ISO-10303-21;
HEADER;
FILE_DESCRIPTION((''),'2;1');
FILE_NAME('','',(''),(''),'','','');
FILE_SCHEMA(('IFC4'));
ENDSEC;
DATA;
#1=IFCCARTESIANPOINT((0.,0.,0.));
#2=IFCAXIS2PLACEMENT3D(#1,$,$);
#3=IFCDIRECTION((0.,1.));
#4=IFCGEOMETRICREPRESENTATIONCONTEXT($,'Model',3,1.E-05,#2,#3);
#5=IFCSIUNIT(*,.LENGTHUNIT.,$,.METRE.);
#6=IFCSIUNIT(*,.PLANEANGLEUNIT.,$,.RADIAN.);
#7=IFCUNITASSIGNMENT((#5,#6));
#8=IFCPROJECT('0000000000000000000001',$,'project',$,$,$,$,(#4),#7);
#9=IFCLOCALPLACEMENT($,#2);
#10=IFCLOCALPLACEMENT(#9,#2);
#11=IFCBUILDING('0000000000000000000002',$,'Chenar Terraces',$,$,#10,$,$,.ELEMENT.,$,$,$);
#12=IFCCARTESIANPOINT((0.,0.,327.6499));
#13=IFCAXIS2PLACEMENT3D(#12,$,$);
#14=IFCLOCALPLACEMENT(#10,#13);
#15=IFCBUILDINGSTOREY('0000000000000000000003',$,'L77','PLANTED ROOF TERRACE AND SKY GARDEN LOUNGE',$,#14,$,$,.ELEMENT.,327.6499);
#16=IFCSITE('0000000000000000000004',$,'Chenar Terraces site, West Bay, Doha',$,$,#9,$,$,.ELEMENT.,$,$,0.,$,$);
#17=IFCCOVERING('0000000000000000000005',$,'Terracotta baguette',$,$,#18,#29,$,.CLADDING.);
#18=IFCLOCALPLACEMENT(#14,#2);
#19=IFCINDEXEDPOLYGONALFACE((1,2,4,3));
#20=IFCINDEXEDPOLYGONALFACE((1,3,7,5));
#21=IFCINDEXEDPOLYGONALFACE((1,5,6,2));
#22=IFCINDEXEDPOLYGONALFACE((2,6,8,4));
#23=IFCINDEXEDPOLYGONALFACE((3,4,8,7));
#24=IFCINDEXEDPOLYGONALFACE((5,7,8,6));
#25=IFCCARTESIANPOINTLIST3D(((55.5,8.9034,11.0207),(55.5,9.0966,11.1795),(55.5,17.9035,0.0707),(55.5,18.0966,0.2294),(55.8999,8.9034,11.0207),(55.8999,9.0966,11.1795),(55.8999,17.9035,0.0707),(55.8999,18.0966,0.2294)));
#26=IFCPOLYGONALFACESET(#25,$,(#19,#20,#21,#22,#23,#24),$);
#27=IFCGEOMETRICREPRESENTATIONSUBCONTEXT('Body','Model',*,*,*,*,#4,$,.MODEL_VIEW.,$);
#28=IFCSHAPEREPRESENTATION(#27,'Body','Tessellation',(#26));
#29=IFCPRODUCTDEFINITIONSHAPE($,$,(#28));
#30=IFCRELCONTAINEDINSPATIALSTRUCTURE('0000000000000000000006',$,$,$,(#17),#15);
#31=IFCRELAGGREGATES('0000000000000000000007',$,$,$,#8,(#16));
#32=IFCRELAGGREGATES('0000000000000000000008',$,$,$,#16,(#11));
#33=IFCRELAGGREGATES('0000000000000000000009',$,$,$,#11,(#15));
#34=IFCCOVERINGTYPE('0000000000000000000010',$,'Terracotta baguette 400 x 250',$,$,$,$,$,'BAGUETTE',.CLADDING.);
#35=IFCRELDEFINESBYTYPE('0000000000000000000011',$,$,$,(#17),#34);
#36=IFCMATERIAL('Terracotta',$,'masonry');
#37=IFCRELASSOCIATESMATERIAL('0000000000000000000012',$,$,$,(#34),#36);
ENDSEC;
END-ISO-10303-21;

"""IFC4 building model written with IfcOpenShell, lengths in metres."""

from ifc_helpers import new_model, si_unit, direction, frame, origin, origin_2d, place, context, subcontext, project, spatial, rectangle, extrude, material, material_profile, profile_set, type_object, element, save


model = new_model("IFC4")

# Units and contexts
model_context = context("Model", 3, precision=1e-05, world=origin(), true_north=direction((0.0, 1.0)))
body_context = subcontext(model_context, "Body", "Model", "MODEL_VIEW")
ifc_project = project(units=[si_unit("LENGTHUNIT", "METRE"), si_unit("PLANEANGLEUNIT", "RADIAN")], contexts=[model_context])

# Site, building, storey
site_placement = place(None, origin())
site = spatial("IfcSite", under=ifc_project, at=site_placement, Name="Chenar Terraces site, West Bay, Doha", CompositionType="ELEMENT", RefElevation=0.0)
building_placement = place(site_placement, origin())
building = spatial("IfcBuilding", under=site, at=building_placement, Name="Chenar Terraces", CompositionType="ELEMENT")
storey_placement = place(building_placement, frame((0.0, 0.0, 327.6499)))
storey = spatial("IfcBuildingStorey", under=building, at=storey_placement, Name="L77", Description="PLANTED ROOF TERRACE AND SKY GARDEN LOUNGE", CompositionType="ELEMENT", Elevation=327.6499)

# Covering
ifc_material_1 = material(Name="Terracotta", Category="masonry")
ifc_material_profile_1 = material_profile(ifc_material_1, rectangle(XDim=0.3999, YDim=0.25, at=origin_2d()), Name="Terracotta baguette 400 x 250")
ifc_profile_set_1 = profile_set([ifc_material_profile_1], Name="Terracotta")
covering_type = type_object("IfcCoveringType", Name="Terracotta baguette 400 x 250", ElementType="BAGUETTE", PredefinedType="CLADDING", material=ifc_profile_set_1)
covering_placement = place(storey_placement, frame((55.7, 9.0, 11.1001), z_axis=(0.0, 0.634967, -0.772539), x_axis=(-1.0, 0.0, 0.0)))
element("IfcCovering", 1, at=covering_placement, inside=storey, type_object=covering_type, Name="Terracotta baguette", PredefinedType="CLADDING", context=body_context, shape_type="SweptSolid", body=[
    extrude(rectangle(XDim=0.3999, YDim=0.25, at=origin_2d()), origin(), (0.0, 0.0, 1.0), 14.1741),
])

save(model, "model.ifc")
